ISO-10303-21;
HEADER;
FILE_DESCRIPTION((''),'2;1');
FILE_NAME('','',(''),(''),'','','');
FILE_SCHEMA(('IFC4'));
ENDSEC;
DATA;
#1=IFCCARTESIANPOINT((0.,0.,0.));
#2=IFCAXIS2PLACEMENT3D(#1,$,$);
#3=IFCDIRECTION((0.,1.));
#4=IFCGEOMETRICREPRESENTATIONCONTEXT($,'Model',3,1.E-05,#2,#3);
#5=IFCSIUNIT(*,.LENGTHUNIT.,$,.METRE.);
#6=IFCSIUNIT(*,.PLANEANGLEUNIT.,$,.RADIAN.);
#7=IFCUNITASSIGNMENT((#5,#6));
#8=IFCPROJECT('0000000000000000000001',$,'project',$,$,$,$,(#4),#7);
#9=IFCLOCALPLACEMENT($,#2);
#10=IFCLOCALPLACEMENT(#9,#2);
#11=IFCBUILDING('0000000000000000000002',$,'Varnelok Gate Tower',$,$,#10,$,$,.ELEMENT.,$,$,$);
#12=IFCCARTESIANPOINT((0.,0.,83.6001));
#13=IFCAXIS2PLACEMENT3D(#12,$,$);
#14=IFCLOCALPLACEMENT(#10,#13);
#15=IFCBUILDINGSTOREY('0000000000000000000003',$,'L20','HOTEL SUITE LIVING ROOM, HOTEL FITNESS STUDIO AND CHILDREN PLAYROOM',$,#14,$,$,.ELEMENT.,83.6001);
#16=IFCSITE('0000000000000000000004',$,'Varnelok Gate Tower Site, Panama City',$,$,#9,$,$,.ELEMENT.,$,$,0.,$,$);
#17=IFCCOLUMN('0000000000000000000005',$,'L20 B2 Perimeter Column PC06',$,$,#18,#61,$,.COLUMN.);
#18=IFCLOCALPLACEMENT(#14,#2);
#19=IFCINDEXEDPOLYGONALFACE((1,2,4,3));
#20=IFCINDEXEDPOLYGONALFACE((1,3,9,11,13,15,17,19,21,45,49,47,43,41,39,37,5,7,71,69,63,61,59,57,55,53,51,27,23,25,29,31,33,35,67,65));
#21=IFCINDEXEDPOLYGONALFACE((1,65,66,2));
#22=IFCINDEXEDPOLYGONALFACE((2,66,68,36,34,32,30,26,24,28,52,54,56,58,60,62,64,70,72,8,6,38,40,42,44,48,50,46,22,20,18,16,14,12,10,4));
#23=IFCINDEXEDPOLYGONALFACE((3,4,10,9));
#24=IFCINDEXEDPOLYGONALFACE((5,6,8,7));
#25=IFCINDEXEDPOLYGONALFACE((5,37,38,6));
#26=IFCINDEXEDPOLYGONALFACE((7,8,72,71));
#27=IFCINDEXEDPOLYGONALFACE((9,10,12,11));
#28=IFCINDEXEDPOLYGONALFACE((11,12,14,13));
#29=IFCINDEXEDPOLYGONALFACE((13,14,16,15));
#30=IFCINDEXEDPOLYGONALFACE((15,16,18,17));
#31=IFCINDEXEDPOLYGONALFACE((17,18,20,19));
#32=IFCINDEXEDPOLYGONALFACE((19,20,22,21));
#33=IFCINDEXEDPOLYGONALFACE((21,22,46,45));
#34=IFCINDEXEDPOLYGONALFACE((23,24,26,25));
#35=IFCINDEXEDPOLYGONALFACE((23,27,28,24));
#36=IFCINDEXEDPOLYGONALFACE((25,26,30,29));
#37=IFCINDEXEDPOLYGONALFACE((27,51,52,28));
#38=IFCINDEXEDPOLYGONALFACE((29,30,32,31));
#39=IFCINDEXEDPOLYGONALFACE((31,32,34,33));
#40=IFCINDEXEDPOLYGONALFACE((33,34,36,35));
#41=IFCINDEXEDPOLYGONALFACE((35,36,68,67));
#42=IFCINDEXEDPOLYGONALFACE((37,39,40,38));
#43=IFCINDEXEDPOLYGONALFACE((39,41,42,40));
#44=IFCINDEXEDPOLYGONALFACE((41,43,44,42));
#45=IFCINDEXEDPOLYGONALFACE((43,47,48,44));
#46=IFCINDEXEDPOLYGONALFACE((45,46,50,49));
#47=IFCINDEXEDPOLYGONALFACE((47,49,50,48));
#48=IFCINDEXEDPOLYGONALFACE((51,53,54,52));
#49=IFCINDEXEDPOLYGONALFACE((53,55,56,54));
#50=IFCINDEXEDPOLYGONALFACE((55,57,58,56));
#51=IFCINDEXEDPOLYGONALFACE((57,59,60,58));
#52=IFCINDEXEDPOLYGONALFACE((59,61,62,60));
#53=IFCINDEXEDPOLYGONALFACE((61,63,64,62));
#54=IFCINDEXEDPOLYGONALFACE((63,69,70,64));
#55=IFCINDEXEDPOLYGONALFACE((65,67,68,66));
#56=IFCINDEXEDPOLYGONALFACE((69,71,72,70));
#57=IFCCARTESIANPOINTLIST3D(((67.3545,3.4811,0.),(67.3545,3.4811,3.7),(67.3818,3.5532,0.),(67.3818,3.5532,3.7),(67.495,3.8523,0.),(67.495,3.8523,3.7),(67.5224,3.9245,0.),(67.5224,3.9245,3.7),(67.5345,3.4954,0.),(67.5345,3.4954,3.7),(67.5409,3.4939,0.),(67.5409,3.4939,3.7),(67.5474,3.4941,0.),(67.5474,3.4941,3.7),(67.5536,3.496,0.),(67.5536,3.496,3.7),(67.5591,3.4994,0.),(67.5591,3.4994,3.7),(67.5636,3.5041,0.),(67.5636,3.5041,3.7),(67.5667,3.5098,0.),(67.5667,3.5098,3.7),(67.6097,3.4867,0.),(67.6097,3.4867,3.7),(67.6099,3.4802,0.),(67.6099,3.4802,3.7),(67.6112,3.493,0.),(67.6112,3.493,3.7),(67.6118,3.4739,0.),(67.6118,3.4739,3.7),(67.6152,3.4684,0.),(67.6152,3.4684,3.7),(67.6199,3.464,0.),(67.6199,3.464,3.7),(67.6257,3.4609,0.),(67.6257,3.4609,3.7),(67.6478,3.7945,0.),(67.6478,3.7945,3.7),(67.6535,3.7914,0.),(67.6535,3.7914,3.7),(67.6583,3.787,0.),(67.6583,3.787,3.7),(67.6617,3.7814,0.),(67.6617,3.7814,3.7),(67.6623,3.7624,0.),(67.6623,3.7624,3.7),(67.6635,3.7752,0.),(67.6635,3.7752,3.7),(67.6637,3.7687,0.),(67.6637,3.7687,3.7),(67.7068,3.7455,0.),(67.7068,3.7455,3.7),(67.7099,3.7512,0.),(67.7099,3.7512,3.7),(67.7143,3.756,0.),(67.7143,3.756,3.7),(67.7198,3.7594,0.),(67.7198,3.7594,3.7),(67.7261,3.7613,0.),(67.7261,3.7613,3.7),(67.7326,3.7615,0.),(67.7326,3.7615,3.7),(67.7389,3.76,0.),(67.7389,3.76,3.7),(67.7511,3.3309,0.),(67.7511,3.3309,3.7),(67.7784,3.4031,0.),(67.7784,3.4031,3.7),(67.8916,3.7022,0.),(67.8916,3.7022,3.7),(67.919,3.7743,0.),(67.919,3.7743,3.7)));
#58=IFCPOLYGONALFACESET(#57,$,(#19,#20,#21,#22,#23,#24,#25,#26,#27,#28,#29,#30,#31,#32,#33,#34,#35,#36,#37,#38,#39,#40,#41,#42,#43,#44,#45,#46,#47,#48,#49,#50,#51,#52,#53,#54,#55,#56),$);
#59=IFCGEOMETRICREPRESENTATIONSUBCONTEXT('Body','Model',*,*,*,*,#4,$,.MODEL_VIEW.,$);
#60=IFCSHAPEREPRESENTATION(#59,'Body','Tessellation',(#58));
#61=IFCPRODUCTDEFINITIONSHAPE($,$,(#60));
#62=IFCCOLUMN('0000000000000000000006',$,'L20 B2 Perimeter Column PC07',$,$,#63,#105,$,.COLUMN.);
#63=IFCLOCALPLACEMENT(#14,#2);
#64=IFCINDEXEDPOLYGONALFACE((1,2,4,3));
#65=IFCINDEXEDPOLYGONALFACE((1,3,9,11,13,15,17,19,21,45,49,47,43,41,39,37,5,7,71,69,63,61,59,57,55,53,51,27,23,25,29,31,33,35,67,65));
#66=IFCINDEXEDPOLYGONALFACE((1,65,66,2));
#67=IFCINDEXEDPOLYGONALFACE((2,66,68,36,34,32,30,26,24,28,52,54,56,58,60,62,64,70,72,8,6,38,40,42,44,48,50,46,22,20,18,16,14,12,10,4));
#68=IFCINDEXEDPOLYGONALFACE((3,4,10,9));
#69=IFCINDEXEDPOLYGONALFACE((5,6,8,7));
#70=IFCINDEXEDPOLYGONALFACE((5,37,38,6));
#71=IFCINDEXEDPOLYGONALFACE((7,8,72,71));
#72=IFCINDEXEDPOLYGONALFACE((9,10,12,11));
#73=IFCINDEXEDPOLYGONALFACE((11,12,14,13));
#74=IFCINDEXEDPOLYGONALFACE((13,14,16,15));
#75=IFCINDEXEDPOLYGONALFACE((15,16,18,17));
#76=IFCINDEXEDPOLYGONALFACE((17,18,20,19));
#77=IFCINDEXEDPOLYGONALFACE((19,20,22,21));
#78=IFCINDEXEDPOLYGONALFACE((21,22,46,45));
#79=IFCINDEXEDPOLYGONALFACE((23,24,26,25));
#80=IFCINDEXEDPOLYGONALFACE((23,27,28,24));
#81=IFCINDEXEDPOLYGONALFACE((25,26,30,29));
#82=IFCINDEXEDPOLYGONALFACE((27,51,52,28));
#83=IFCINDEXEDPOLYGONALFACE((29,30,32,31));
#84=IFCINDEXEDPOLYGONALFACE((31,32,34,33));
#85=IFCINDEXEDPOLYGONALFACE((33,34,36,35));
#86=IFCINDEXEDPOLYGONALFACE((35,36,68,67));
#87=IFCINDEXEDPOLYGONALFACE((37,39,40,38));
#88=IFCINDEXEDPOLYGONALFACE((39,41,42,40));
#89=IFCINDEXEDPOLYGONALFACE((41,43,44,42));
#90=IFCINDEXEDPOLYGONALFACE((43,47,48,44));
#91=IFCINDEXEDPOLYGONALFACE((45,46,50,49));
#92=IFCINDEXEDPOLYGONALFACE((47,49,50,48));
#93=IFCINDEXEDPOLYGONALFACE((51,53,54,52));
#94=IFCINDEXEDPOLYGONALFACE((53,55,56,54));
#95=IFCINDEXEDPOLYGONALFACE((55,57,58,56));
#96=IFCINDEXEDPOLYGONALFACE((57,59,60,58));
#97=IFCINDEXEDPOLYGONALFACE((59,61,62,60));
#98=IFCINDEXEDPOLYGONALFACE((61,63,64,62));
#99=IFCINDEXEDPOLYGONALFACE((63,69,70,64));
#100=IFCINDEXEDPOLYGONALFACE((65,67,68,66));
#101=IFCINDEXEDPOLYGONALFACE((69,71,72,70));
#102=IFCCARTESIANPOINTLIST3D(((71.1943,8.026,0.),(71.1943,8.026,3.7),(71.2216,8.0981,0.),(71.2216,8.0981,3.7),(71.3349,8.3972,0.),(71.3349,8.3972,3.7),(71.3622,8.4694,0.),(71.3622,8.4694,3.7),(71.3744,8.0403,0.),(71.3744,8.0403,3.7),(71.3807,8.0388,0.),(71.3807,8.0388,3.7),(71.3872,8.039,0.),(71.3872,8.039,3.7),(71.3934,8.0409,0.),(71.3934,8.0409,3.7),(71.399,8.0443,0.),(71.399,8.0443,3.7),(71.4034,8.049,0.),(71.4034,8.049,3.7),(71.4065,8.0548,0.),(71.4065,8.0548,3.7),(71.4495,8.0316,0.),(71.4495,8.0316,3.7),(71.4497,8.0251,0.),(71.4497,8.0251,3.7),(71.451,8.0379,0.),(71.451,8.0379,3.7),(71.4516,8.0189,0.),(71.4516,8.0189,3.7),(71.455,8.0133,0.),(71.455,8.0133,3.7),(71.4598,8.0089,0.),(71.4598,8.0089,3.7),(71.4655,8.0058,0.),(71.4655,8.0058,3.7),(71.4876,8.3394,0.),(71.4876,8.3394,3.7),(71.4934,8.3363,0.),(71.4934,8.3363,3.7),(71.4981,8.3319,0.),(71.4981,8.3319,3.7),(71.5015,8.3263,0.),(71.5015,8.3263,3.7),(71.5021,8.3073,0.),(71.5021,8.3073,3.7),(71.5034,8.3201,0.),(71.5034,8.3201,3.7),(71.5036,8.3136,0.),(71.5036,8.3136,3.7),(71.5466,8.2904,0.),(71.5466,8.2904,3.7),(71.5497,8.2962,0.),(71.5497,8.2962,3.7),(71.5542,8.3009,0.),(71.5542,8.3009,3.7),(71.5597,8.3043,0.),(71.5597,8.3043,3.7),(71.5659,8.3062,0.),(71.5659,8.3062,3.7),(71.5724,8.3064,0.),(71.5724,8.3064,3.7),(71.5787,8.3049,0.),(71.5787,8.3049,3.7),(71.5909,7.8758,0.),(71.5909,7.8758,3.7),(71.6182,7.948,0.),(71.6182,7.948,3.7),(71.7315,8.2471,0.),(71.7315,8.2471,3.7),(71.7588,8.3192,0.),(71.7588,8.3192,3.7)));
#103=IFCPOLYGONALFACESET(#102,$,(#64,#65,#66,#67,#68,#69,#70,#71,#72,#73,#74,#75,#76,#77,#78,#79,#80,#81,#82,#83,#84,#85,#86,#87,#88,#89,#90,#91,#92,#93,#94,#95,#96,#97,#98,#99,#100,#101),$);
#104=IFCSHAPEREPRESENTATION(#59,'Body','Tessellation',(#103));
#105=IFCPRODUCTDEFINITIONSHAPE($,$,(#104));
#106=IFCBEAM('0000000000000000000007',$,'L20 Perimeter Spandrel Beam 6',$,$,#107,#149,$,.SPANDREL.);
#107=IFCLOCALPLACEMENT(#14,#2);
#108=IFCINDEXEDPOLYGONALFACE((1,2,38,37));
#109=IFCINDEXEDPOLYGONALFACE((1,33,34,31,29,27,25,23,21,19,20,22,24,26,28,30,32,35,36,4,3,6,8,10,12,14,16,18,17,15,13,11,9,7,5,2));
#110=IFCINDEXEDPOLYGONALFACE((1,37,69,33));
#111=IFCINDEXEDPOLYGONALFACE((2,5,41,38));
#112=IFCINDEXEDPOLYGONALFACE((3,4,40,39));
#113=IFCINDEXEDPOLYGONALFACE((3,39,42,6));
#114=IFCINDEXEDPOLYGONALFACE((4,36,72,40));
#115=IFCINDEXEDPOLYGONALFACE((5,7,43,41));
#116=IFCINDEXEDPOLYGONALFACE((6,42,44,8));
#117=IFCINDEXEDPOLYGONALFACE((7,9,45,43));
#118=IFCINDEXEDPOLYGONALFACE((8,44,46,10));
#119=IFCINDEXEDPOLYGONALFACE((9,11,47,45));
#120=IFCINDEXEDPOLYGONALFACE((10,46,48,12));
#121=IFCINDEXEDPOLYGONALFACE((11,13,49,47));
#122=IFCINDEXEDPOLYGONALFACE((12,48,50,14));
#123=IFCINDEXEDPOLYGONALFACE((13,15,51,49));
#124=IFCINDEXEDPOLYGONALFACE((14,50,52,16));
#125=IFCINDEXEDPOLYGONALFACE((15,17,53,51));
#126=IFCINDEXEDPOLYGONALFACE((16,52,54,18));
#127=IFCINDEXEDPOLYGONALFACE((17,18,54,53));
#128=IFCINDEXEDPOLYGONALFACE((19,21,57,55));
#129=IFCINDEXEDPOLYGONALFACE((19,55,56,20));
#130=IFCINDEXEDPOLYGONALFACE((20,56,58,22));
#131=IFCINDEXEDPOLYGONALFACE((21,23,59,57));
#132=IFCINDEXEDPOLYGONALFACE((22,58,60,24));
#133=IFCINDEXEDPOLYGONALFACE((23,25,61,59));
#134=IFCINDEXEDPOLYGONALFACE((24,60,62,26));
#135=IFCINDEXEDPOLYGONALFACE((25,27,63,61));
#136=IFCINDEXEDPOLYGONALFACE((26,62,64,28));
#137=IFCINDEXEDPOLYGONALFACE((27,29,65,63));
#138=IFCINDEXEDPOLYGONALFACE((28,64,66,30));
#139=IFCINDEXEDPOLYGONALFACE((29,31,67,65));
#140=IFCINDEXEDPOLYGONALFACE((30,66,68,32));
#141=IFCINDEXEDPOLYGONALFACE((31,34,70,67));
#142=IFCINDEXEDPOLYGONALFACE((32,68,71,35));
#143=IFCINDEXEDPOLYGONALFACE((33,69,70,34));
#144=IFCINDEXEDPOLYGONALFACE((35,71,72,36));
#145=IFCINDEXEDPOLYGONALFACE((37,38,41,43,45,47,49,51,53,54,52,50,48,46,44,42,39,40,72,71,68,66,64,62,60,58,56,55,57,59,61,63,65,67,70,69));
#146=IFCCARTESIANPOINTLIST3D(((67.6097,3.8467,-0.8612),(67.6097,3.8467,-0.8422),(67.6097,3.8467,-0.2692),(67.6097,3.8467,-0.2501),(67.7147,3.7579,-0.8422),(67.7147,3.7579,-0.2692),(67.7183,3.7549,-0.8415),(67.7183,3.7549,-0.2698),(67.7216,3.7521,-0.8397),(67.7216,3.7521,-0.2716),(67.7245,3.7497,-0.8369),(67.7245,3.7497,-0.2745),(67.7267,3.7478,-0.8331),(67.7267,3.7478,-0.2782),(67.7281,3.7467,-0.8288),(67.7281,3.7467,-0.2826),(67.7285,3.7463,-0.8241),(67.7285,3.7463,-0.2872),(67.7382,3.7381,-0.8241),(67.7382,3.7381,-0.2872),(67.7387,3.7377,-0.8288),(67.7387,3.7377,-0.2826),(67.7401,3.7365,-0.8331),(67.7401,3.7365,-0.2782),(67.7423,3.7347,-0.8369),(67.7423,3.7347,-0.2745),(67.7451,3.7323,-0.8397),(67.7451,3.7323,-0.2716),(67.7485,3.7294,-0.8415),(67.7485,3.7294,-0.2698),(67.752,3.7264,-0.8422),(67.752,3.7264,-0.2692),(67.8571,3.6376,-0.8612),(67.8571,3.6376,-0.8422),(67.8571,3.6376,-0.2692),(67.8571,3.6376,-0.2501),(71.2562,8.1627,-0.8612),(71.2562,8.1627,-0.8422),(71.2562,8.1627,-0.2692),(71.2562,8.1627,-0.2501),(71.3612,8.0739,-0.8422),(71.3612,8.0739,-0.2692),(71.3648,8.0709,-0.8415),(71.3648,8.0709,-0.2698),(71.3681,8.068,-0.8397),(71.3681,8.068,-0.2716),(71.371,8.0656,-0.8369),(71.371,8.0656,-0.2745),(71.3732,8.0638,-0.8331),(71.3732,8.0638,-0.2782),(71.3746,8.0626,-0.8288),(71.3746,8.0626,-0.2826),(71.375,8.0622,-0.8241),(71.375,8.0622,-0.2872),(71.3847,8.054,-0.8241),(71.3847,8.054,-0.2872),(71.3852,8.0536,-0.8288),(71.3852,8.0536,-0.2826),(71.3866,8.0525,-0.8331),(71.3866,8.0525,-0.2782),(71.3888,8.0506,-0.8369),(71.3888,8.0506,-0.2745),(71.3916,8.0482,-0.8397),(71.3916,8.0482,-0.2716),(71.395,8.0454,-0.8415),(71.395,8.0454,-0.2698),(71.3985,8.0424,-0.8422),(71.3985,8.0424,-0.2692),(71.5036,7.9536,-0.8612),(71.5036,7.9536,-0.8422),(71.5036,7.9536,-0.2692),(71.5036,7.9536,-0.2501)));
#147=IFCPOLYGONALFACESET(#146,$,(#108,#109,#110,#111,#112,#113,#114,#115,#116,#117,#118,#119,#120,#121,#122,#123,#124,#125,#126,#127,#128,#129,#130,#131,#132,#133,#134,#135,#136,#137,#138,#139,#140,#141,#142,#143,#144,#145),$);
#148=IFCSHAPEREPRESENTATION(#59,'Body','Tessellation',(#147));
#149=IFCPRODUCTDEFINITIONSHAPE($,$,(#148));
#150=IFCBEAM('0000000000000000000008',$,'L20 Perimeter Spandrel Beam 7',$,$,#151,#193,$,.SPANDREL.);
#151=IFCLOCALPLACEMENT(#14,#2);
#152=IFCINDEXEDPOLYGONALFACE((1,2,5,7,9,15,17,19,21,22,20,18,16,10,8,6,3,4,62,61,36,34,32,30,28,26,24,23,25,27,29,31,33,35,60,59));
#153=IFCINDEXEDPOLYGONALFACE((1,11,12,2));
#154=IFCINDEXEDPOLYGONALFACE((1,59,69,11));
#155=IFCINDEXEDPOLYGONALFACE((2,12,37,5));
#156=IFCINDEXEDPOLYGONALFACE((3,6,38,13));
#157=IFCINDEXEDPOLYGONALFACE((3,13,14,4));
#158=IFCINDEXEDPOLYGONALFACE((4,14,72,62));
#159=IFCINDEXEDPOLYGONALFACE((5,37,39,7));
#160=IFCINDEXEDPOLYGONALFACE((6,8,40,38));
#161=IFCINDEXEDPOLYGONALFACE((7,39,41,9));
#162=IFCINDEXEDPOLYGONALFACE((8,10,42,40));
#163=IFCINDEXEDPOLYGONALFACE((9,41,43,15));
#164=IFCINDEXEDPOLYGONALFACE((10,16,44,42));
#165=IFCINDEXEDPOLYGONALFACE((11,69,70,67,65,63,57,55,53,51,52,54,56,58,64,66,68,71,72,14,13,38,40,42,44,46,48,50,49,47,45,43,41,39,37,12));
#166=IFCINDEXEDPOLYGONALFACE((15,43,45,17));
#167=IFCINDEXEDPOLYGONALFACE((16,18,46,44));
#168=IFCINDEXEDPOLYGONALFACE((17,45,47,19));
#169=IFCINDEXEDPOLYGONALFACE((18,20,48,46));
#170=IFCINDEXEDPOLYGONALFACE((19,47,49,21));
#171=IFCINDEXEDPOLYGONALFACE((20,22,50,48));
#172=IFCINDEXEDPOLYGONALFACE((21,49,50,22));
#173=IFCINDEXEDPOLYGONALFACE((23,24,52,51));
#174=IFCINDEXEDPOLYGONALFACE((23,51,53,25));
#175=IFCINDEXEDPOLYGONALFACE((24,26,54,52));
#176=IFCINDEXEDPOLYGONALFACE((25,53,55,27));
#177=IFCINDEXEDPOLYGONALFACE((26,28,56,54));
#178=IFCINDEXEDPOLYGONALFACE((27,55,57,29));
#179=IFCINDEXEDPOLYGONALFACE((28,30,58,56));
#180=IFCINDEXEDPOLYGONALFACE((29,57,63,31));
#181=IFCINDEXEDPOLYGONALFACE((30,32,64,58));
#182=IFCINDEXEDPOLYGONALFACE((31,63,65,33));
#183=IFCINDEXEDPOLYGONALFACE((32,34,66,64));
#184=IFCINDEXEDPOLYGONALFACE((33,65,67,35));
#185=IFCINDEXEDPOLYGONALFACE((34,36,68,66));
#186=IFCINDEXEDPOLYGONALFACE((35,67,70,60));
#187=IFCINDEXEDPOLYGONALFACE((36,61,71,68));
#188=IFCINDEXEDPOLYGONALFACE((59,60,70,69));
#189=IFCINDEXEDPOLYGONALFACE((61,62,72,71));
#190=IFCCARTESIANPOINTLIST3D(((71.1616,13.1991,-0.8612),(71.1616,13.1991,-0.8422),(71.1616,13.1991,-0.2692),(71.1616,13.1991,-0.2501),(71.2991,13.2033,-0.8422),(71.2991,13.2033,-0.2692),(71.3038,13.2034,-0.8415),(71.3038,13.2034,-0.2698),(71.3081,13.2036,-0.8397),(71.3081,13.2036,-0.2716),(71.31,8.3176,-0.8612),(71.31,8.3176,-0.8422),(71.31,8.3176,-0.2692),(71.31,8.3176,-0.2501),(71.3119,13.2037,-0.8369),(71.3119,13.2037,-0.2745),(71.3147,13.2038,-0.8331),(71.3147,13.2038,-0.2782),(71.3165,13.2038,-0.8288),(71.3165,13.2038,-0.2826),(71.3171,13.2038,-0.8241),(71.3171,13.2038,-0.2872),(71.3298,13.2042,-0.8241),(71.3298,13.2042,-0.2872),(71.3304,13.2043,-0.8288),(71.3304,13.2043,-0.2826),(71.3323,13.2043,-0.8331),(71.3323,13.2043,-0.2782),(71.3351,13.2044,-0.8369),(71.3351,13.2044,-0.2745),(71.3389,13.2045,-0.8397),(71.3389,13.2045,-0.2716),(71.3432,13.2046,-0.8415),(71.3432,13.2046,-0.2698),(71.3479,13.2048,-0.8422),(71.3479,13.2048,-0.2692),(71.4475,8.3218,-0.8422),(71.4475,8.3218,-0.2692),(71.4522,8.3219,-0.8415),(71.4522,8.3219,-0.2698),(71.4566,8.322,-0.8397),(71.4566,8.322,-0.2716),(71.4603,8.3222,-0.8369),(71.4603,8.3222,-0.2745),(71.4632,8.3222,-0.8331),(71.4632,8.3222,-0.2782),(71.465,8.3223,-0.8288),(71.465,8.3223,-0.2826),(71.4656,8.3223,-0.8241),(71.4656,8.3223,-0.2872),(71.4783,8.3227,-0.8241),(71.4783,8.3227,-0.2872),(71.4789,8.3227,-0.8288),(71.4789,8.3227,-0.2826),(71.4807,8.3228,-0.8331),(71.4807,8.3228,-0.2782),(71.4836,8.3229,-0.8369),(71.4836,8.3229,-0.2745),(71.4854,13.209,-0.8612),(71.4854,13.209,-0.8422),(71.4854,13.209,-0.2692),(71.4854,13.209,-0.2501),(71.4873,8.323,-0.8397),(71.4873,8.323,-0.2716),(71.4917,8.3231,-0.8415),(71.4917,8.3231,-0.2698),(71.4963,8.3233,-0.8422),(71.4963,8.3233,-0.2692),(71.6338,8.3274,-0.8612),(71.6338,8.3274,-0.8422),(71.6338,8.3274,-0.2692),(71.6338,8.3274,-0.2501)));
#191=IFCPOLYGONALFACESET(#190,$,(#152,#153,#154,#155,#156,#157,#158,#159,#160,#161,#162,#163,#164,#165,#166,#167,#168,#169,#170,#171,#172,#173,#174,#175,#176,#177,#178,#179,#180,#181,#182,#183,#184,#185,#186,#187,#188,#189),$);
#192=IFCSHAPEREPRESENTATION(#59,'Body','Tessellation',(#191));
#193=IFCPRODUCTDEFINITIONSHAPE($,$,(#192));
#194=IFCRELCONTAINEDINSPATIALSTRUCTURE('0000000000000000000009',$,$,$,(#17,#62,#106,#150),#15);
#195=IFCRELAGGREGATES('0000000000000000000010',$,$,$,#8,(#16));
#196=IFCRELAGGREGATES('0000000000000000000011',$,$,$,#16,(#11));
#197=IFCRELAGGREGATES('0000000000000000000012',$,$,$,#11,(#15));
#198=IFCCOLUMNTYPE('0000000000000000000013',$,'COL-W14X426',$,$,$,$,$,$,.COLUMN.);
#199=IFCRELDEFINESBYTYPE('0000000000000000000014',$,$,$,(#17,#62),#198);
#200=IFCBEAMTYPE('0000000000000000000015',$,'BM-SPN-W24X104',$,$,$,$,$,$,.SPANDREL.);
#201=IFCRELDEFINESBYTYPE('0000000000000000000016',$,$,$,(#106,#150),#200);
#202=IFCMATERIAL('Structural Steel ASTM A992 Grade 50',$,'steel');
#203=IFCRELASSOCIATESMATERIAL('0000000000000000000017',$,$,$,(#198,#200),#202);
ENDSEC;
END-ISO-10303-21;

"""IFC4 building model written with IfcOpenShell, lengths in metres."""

from ifc_helpers import new_model, si_unit, direction, frame, origin, origin_2d, place, context, subcontext, project, spatial, i_section, extrude, material, material_profile, profile_set, type_object, element, save


model = new_model("IFC4")

# Units and contexts
model_context = context("Model", 3, precision=1e-05, world=origin(), true_north=direction((0.0, 1.0)))
body_context = subcontext(model_context, "Body", "Model", "MODEL_VIEW")
ifc_project = project(units=[si_unit("LENGTHUNIT", "METRE"), si_unit("PLANEANGLEUNIT", "RADIAN")], contexts=[model_context])

# Site, building, storey
site_placement = place(None, origin())
site = spatial("IfcSite", under=ifc_project, at=site_placement, Name="Varnelok Gate Tower Site, Panama City", CompositionType="ELEMENT", RefElevation=0.0)
building_placement = place(site_placement, origin())
building = spatial("IfcBuilding", under=site, at=building_placement, Name="Varnelok Gate Tower", CompositionType="ELEMENT")
storey_placement = place(building_placement, frame((0.0, 0.0, 83.6001)))
storey = spatial("IfcBuildingStorey", under=building, at=storey_placement, Name="L20", Description="HOTEL SUITE LIVING ROOM, HOTEL FITNESS STUDIO AND CHILDREN PLAYROOM", CompositionType="ELEMENT", Elevation=83.6001)

# Columns
ifc_material_1 = material(Name="Structural Steel ASTM A992 Grade 50", Category="steel")
ifc_material_profile_1 = material_profile(ifc_material_1, i_section(OverallWidth=0.4241, OverallDepth=0.4741, WebThickness=0.0476, FlangeThickness=0.0771, FilletRadius=0.0249, at=origin_2d()), Name="W14X426")
ifc_profile_set_1 = profile_set([ifc_material_profile_1], Name="Structural Steel ASTM A992 Grade 50")
column_type = type_object("IfcColumnType", Name="COL-W14X426", PredefinedType="COLUMN", material=ifc_profile_set_1)
for number, where, z_axis, x_axis, name in (
    (1, (67.6367, 3.6277, 0.0), (0.0, 0.0, 1.0), (0.935222, -0.354063, 0.0), "L20 B2 Perimeter Column PC06"),
    (2, (71.4766, 8.1726, 0.0), (0.0, 0.0, 1.0), (0.935222, -0.354063, 0.0), "L20 B2 Perimeter Column PC07"),
):
    element("IfcColumn", number, at=place(storey_placement, frame(where, z_axis=z_axis, x_axis=x_axis)), inside=storey, type_object=column_type, Name=name, PredefinedType="COLUMN", context=body_context, shape_type="SweptSolid", body=[
        extrude(i_section(OverallWidth=0.4241, OverallDepth=0.4741, WebThickness=0.0476, FlangeThickness=0.0771, FilletRadius=0.0249, at=origin_2d()), origin(), (0.0, 0.0, 1.0), 3.7),
    ])

# Beams
ifc_material_profile_2 = material_profile(ifc_material_1, i_section(OverallWidth=0.324, OverallDepth=0.6111, WebThickness=0.0127, FlangeThickness=0.019, FilletRadius=0.0181, at=origin_2d()), Name="W24X104")
ifc_profile_set_2 = profile_set([ifc_material_profile_2], Name="Structural Steel ASTM A992 Grade 50")
beam_type = type_object("IfcBeamType", Name="BM-SPN-W24X104", PredefinedType="SPANDREL", material=ifc_profile_set_2)
beam_1_placement = place(storey_placement, frame((67.7334, 3.7422, -0.5557), z_axis=(0.64538, 0.763861, 0.0), x_axis=(-0.763861, 0.64538, 0.0)))
element("IfcBeam", 3, at=beam_1_placement, inside=storey, type_object=beam_type, Name="L20 Perimeter Spandrel Beam 6", PredefinedType="SPANDREL", context=body_context, shape_type="SweptSolid", body=[
    extrude(i_section(OverallWidth=0.324, OverallDepth=0.6111, WebThickness=0.0127, FlangeThickness=0.019, FilletRadius=0.0181, at=origin_2d()), origin(), (0.0, 0.0, 1.0), 5.6501),
])
beam_2_placement = place(storey_placement, frame((71.4719, 8.3225, -0.5557), z_axis=(-0.030394, 0.999538, 0.0), x_axis=(-0.999538, -0.030394, 0.0)))
element("IfcBeam", 4, at=beam_2_placement, inside=storey, type_object=beam_type, Name="L20 Perimeter Spandrel Beam 7", PredefinedType="SPANDREL", context=body_context, shape_type="SweptSolid", body=[
    extrude(i_section(OverallWidth=0.324, OverallDepth=0.6111, WebThickness=0.0127, FlangeThickness=0.019, FilletRadius=0.0181, at=origin_2d()), origin(), (0.0, 0.0, 1.0), 4.8838),
])

save(model, "model.ifc")
